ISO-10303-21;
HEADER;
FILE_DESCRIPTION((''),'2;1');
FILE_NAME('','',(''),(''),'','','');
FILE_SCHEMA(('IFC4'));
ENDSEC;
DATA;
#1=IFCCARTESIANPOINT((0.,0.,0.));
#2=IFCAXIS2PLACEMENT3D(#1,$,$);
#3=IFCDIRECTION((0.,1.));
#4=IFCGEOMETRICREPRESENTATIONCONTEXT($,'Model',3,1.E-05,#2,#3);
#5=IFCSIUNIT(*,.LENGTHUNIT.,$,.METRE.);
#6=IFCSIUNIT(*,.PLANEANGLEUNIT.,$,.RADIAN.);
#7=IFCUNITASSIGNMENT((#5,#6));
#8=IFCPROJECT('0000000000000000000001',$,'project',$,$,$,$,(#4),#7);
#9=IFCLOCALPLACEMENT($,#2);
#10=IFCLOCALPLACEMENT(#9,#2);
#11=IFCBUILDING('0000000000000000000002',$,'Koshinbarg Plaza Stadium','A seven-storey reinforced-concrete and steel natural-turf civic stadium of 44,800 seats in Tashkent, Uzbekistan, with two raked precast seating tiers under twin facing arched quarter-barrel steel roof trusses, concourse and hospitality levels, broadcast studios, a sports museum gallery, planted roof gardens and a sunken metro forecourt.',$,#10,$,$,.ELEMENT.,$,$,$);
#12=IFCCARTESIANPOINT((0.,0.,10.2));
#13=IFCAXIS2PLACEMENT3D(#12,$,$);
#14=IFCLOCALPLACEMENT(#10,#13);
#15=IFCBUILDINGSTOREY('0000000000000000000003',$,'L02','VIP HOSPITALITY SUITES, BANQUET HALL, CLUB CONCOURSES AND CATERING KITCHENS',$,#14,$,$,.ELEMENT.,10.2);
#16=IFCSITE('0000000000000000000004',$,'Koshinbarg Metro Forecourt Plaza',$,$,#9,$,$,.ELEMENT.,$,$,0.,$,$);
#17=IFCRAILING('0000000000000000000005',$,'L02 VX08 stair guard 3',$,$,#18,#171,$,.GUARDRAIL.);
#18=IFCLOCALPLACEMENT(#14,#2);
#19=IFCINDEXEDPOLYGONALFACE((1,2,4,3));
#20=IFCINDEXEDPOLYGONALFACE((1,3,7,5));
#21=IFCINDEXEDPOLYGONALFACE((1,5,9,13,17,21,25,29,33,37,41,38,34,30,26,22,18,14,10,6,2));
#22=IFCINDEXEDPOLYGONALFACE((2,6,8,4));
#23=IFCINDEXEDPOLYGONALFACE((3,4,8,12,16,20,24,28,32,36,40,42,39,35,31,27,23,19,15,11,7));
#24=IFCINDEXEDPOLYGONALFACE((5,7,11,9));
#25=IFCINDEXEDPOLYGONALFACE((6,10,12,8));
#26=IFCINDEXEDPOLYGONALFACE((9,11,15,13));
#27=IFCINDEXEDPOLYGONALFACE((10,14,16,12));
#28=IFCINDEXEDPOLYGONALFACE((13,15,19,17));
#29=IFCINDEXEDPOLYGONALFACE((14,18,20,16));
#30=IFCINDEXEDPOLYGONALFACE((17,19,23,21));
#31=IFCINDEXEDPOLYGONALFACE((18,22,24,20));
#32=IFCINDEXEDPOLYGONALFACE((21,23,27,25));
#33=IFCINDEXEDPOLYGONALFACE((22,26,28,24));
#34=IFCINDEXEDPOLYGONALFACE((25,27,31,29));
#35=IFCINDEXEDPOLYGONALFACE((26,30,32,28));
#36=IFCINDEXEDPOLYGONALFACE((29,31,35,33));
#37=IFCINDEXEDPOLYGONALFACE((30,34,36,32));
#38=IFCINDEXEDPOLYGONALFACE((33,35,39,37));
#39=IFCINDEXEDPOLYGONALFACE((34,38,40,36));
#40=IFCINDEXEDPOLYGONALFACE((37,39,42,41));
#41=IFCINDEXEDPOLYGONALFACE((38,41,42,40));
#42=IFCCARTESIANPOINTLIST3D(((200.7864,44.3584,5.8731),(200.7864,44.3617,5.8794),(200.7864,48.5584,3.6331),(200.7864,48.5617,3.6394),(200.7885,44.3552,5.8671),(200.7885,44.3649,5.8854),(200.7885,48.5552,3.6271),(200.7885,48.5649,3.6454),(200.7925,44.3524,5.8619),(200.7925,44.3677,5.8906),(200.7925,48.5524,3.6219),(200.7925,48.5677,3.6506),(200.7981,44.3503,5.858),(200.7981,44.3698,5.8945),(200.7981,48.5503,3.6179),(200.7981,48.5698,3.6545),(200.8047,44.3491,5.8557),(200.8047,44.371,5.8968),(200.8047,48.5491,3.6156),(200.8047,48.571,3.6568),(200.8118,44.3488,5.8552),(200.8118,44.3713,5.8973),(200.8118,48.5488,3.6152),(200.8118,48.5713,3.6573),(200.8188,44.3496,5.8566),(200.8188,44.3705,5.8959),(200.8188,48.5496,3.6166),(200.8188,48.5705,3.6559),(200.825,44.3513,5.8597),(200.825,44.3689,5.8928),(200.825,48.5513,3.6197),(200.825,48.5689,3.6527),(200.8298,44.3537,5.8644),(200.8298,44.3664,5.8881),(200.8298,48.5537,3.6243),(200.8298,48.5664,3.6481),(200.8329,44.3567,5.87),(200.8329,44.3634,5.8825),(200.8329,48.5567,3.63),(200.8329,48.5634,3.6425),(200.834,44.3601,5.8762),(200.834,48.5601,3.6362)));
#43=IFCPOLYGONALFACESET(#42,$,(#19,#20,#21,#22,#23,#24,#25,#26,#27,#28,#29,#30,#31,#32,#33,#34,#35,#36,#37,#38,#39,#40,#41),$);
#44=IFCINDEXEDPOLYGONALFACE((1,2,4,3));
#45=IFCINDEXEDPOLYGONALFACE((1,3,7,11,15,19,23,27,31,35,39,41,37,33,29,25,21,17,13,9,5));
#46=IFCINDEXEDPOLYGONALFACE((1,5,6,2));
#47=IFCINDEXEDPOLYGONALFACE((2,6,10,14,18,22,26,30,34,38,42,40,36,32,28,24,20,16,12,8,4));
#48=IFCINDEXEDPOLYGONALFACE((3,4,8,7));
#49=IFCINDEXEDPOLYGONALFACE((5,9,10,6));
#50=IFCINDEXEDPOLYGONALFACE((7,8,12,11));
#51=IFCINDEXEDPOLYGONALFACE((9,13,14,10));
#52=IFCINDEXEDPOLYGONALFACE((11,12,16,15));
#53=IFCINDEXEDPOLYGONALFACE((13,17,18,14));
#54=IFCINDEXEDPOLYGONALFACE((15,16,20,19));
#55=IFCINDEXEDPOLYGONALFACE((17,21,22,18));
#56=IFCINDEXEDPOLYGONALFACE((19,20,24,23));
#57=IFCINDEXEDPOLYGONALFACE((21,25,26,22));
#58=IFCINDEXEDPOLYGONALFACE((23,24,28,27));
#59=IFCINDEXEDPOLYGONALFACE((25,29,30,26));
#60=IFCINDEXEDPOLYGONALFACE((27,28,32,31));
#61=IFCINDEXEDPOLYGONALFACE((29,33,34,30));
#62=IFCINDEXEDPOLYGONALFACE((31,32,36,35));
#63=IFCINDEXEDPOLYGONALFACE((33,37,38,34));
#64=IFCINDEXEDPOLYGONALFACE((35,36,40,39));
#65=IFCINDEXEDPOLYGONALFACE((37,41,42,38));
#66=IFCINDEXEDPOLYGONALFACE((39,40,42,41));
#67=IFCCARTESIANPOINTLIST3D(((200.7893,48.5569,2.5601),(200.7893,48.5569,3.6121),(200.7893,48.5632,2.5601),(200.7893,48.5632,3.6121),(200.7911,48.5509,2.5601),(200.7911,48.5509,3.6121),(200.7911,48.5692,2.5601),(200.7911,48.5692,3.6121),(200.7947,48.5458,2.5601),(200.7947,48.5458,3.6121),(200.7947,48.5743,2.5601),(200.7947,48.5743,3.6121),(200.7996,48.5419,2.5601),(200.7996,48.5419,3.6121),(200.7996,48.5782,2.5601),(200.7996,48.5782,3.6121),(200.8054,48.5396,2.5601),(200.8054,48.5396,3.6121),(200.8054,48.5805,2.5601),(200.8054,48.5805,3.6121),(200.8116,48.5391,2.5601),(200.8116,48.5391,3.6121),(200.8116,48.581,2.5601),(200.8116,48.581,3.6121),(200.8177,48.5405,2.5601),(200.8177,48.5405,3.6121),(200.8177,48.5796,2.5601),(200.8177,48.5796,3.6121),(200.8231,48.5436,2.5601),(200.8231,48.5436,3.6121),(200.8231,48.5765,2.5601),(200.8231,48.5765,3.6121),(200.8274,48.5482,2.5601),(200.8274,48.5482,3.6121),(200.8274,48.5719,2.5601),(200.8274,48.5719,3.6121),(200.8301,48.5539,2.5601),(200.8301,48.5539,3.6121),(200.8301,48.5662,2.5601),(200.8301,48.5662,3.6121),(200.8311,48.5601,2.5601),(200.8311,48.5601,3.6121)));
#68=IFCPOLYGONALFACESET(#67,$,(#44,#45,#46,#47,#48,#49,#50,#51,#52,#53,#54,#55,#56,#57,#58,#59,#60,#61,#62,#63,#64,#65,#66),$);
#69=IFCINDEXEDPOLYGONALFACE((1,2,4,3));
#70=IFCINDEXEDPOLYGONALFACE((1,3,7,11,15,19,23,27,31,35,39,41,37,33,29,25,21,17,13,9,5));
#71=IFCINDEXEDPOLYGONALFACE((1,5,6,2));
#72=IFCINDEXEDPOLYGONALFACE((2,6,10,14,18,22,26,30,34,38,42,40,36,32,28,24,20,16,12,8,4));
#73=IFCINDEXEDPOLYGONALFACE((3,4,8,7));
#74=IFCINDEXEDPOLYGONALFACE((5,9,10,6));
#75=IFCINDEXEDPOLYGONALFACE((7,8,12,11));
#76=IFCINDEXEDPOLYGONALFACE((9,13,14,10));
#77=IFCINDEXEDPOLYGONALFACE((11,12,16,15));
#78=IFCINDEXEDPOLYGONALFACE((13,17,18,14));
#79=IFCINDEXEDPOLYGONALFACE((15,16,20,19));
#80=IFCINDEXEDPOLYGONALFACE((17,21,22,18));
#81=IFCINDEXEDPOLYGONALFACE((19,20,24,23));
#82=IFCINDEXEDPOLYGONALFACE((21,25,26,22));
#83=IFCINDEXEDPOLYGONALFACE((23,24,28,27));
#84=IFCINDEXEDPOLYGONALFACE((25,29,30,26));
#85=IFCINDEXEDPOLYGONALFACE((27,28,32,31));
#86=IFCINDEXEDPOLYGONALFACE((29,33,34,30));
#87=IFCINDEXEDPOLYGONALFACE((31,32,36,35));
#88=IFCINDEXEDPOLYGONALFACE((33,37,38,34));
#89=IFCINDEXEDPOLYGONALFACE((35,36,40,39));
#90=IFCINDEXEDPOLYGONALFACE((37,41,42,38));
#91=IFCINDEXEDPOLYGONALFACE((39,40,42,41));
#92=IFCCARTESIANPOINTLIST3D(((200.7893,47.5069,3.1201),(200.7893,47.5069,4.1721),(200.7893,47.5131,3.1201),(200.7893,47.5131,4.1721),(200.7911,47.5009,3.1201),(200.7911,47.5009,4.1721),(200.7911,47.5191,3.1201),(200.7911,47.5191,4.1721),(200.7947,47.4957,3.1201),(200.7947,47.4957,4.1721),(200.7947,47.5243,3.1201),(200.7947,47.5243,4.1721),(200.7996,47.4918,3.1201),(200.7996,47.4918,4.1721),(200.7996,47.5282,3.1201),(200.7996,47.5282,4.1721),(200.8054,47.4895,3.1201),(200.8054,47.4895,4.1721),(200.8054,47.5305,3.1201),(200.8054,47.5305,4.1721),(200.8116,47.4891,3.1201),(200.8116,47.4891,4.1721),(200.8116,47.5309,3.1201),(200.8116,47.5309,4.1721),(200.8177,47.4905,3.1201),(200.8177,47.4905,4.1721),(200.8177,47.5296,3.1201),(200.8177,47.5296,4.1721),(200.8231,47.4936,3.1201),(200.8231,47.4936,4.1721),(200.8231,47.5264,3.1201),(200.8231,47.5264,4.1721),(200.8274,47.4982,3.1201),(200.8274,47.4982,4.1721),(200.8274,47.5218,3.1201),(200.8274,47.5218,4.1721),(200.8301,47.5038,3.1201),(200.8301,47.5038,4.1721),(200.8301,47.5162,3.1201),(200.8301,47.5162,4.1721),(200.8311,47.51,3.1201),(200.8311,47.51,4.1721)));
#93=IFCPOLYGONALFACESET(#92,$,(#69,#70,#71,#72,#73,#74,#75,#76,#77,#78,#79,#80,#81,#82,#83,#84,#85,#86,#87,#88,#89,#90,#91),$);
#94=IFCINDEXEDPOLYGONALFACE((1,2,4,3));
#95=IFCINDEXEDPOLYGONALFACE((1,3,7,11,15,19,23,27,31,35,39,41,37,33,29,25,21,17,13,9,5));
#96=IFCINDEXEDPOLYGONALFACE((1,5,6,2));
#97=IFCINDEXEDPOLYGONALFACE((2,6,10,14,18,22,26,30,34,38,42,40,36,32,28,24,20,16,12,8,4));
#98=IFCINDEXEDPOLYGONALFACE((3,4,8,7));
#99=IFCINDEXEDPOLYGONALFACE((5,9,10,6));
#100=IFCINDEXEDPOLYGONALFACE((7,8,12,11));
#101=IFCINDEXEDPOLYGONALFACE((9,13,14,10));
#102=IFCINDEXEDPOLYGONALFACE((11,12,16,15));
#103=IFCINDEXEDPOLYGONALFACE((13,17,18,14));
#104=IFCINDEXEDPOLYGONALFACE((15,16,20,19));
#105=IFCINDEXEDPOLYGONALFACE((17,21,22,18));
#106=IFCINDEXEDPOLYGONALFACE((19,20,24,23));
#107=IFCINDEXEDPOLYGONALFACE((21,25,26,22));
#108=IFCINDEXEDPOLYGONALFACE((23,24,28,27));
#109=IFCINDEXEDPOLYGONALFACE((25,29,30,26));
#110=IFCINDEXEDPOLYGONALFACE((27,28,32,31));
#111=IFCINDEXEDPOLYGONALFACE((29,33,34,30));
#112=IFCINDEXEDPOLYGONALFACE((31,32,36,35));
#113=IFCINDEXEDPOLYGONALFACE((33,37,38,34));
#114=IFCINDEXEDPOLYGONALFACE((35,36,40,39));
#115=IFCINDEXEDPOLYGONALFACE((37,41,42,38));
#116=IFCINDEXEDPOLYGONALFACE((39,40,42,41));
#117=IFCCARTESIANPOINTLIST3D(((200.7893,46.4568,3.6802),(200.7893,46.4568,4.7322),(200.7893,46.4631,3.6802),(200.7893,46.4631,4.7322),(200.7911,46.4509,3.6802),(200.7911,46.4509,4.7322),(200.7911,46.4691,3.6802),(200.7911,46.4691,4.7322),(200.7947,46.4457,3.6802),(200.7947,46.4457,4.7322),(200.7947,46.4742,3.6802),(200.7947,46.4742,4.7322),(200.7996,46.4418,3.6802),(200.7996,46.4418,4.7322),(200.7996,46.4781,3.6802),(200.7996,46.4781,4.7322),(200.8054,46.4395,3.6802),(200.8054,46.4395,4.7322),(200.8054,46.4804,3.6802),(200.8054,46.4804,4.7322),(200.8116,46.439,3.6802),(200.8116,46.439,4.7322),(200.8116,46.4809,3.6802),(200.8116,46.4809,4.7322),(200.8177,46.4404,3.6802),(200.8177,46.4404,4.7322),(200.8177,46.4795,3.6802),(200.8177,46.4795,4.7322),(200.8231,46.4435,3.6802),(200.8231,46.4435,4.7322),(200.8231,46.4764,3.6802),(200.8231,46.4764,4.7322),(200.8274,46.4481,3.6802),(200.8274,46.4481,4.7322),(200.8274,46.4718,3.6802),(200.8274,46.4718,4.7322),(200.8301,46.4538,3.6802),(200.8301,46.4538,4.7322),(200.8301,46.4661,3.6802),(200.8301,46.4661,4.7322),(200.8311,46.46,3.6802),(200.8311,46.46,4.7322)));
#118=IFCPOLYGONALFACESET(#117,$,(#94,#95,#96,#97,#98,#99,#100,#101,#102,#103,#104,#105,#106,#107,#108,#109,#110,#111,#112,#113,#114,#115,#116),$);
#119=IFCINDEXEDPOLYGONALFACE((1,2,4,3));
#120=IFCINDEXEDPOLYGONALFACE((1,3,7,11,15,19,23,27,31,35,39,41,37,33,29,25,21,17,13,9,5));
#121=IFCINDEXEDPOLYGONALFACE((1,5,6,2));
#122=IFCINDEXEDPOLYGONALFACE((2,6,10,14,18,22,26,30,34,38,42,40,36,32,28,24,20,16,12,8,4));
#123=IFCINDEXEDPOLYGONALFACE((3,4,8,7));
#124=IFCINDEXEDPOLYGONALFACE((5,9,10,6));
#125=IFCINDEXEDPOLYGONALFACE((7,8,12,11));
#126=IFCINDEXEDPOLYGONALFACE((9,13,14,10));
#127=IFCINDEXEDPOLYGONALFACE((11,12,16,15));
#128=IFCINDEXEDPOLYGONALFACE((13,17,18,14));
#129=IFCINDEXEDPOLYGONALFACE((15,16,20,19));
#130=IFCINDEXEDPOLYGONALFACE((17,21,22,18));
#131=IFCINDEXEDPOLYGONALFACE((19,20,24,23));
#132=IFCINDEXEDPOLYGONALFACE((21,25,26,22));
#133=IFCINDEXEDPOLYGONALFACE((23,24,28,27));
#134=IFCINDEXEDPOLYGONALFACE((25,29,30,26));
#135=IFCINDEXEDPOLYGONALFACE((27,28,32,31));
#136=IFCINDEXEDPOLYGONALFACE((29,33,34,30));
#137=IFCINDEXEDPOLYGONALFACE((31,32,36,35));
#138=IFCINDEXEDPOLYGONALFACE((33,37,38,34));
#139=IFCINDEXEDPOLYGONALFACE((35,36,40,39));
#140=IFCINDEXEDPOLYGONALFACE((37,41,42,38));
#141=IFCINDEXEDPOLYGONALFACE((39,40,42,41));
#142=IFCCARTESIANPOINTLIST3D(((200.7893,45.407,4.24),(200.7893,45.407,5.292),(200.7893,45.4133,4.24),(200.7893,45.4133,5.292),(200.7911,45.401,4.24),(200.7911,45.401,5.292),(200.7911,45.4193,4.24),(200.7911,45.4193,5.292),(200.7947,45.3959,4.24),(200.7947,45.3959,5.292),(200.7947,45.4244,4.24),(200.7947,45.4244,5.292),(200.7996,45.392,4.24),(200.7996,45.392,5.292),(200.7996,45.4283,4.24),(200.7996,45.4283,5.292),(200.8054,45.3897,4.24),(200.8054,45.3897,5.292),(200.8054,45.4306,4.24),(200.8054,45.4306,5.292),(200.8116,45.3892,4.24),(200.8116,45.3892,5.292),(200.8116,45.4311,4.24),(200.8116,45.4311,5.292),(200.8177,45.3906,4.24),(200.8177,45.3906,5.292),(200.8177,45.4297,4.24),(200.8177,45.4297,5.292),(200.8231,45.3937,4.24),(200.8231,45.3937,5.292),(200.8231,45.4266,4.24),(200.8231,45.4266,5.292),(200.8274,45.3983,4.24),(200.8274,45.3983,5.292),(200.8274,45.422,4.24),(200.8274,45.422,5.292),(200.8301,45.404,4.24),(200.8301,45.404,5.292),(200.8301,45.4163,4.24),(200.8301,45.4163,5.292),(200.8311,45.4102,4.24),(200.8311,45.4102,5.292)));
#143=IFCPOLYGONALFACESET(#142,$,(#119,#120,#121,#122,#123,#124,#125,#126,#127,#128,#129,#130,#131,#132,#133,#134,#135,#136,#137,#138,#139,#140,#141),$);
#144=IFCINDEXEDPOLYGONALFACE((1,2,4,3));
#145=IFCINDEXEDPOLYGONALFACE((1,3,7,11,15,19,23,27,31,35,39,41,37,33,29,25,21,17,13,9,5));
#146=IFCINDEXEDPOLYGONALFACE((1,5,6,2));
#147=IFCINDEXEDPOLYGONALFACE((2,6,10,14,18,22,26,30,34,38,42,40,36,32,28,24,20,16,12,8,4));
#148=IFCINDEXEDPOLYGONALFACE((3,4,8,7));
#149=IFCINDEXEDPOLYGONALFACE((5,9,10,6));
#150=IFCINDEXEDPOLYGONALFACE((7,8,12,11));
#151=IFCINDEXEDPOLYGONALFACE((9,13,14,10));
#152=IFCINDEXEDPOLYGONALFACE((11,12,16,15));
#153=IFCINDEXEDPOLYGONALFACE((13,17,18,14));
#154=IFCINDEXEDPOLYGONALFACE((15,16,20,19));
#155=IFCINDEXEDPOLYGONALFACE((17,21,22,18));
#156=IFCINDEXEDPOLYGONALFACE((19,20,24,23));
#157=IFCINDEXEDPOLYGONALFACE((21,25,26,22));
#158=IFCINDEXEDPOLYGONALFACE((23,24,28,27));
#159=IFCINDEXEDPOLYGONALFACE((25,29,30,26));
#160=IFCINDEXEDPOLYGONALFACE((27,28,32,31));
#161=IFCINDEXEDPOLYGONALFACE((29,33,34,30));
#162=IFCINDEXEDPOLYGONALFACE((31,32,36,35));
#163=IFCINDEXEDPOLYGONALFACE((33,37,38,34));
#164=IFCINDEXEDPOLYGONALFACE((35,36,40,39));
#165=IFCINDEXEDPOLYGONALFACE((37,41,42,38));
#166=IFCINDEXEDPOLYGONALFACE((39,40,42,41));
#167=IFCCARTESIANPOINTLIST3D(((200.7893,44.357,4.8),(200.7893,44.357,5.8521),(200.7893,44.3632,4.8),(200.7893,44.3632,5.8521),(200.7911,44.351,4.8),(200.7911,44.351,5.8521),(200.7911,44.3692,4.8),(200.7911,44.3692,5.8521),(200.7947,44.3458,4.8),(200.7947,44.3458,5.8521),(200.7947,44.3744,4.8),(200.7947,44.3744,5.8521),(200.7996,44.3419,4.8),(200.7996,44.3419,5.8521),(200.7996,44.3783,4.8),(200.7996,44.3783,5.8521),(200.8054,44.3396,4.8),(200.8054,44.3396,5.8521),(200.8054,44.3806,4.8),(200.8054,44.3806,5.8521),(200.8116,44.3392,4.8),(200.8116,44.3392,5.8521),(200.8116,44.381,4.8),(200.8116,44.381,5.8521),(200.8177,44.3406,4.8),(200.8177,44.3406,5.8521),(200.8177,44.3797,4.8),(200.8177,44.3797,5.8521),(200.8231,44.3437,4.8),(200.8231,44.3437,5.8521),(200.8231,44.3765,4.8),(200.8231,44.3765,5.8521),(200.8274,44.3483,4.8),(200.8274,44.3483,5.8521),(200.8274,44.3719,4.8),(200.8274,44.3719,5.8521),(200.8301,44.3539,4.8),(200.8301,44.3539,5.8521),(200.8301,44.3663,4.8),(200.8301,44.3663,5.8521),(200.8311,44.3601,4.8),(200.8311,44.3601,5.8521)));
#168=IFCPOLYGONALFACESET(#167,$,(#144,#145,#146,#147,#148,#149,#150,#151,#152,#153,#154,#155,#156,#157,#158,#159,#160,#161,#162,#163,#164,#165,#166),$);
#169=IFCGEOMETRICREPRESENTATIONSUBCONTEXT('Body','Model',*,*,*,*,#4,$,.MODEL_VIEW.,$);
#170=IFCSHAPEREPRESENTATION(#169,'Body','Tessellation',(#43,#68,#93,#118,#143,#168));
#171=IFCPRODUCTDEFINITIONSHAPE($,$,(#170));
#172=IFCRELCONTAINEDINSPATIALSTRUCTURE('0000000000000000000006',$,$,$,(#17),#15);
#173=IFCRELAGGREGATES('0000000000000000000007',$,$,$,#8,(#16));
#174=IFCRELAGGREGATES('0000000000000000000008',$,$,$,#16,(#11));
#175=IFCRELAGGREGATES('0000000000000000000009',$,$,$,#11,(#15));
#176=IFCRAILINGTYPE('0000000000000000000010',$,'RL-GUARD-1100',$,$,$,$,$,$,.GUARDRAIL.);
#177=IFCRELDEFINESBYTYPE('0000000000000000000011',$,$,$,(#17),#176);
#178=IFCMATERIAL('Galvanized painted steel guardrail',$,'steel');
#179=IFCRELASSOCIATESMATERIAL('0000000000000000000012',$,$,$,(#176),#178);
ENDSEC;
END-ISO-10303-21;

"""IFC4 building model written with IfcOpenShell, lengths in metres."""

from ifc_helpers import new_model, si_unit, direction, frame, origin, origin_2d, place, context, subcontext, project, spatial, circle, extrude, material, type_object, element, save


model = new_model("IFC4")

# Units and contexts
model_context = context("Model", 3, precision=1e-05, world=origin(), true_north=direction((0.0, 1.0)))
body_context = subcontext(model_context, "Body", "Model", "MODEL_VIEW")
ifc_project = project(units=[si_unit("LENGTHUNIT", "METRE"), si_unit("PLANEANGLEUNIT", "RADIAN")], contexts=[model_context])

# Site, building, storey
site_placement = place(None, origin())
site = spatial("IfcSite", under=ifc_project, at=site_placement, Name="Koshinbarg Metro Forecourt Plaza", CompositionType="ELEMENT", RefElevation=0.0)
building_placement = place(site_placement, origin())
building = spatial("IfcBuilding", under=site, at=building_placement, Name="Koshinbarg Plaza Stadium", Description="A seven-storey reinforced-concrete and steel natural-turf civic stadium of 44,800 seats in Tashkent, Uzbekistan, with two raked precast seating tiers under twin facing arched quarter-barrel steel roof trusses, concourse and hospitality levels, broadcast studios, a sports museum gallery, planted roof gardens and a sunken metro forecourt.", CompositionType="ELEMENT")
storey_placement = place(building_placement, frame((0.0, 0.0, 10.2)))
storey = spatial("IfcBuildingStorey", under=building, at=storey_placement, Name="L02", Description="VIP HOSPITALITY SUITES, BANQUET HALL, CLUB CONCOURSES AND CATERING KITCHENS", CompositionType="ELEMENT", Elevation=10.2)

# Railing
ifc_material_1 = material(Name="Galvanized painted steel guardrail", Category="steel")
railing_type_1 = type_object("IfcRailingType", Name="RL-GUARD-1100", PredefinedType="GUARDRAIL", material=ifc_material_1)
for number, where, name in (
    (1, (200.8101, 48.5601, 2.5601), "L02 VX08 stair guard 3"),
):
    element("IfcRailing", number, at=place(storey_placement, frame(where)), inside=storey, type_object=railing_type_1, Name=name, PredefinedType="GUARDRAIL", context=body_context, shape_type="SweptSolid", body=[
        extrude(circle(Radius=0.0239, at=origin_2d()), frame((0.0, 0.0, 1.0762), z_axis=(0.0, -0.882352, 0.470591), x_axis=(1.0, 0.0, 0.0)), (0.0, 0.0, 1.0), 4.76),
        extrude(circle(Radius=0.021, at=origin_2d()), origin(), (0.0, 0.0, 1.0), 1.052),
        extrude(circle(Radius=0.021, at=origin_2d()), frame((0.0, -1.05, 0.5601)), (0.0, 0.0, 1.0), 1.052),
        extrude(circle(Radius=0.021, at=origin_2d()), frame((0.0, -2.1001, 1.1201)), (0.0, 0.0, 1.0), 1.052),
        extrude(circle(Radius=0.021, at=origin_2d()), frame((0.0, -3.1499, 1.6799)), (0.0, 0.0, 1.0), 1.052),
        extrude(circle(Radius=0.021, at=origin_2d()), frame((0.0, -4.2, 2.24)), (0.0, 0.0, 1.0), 1.052),
    ])

save(model, "model.ifc")
